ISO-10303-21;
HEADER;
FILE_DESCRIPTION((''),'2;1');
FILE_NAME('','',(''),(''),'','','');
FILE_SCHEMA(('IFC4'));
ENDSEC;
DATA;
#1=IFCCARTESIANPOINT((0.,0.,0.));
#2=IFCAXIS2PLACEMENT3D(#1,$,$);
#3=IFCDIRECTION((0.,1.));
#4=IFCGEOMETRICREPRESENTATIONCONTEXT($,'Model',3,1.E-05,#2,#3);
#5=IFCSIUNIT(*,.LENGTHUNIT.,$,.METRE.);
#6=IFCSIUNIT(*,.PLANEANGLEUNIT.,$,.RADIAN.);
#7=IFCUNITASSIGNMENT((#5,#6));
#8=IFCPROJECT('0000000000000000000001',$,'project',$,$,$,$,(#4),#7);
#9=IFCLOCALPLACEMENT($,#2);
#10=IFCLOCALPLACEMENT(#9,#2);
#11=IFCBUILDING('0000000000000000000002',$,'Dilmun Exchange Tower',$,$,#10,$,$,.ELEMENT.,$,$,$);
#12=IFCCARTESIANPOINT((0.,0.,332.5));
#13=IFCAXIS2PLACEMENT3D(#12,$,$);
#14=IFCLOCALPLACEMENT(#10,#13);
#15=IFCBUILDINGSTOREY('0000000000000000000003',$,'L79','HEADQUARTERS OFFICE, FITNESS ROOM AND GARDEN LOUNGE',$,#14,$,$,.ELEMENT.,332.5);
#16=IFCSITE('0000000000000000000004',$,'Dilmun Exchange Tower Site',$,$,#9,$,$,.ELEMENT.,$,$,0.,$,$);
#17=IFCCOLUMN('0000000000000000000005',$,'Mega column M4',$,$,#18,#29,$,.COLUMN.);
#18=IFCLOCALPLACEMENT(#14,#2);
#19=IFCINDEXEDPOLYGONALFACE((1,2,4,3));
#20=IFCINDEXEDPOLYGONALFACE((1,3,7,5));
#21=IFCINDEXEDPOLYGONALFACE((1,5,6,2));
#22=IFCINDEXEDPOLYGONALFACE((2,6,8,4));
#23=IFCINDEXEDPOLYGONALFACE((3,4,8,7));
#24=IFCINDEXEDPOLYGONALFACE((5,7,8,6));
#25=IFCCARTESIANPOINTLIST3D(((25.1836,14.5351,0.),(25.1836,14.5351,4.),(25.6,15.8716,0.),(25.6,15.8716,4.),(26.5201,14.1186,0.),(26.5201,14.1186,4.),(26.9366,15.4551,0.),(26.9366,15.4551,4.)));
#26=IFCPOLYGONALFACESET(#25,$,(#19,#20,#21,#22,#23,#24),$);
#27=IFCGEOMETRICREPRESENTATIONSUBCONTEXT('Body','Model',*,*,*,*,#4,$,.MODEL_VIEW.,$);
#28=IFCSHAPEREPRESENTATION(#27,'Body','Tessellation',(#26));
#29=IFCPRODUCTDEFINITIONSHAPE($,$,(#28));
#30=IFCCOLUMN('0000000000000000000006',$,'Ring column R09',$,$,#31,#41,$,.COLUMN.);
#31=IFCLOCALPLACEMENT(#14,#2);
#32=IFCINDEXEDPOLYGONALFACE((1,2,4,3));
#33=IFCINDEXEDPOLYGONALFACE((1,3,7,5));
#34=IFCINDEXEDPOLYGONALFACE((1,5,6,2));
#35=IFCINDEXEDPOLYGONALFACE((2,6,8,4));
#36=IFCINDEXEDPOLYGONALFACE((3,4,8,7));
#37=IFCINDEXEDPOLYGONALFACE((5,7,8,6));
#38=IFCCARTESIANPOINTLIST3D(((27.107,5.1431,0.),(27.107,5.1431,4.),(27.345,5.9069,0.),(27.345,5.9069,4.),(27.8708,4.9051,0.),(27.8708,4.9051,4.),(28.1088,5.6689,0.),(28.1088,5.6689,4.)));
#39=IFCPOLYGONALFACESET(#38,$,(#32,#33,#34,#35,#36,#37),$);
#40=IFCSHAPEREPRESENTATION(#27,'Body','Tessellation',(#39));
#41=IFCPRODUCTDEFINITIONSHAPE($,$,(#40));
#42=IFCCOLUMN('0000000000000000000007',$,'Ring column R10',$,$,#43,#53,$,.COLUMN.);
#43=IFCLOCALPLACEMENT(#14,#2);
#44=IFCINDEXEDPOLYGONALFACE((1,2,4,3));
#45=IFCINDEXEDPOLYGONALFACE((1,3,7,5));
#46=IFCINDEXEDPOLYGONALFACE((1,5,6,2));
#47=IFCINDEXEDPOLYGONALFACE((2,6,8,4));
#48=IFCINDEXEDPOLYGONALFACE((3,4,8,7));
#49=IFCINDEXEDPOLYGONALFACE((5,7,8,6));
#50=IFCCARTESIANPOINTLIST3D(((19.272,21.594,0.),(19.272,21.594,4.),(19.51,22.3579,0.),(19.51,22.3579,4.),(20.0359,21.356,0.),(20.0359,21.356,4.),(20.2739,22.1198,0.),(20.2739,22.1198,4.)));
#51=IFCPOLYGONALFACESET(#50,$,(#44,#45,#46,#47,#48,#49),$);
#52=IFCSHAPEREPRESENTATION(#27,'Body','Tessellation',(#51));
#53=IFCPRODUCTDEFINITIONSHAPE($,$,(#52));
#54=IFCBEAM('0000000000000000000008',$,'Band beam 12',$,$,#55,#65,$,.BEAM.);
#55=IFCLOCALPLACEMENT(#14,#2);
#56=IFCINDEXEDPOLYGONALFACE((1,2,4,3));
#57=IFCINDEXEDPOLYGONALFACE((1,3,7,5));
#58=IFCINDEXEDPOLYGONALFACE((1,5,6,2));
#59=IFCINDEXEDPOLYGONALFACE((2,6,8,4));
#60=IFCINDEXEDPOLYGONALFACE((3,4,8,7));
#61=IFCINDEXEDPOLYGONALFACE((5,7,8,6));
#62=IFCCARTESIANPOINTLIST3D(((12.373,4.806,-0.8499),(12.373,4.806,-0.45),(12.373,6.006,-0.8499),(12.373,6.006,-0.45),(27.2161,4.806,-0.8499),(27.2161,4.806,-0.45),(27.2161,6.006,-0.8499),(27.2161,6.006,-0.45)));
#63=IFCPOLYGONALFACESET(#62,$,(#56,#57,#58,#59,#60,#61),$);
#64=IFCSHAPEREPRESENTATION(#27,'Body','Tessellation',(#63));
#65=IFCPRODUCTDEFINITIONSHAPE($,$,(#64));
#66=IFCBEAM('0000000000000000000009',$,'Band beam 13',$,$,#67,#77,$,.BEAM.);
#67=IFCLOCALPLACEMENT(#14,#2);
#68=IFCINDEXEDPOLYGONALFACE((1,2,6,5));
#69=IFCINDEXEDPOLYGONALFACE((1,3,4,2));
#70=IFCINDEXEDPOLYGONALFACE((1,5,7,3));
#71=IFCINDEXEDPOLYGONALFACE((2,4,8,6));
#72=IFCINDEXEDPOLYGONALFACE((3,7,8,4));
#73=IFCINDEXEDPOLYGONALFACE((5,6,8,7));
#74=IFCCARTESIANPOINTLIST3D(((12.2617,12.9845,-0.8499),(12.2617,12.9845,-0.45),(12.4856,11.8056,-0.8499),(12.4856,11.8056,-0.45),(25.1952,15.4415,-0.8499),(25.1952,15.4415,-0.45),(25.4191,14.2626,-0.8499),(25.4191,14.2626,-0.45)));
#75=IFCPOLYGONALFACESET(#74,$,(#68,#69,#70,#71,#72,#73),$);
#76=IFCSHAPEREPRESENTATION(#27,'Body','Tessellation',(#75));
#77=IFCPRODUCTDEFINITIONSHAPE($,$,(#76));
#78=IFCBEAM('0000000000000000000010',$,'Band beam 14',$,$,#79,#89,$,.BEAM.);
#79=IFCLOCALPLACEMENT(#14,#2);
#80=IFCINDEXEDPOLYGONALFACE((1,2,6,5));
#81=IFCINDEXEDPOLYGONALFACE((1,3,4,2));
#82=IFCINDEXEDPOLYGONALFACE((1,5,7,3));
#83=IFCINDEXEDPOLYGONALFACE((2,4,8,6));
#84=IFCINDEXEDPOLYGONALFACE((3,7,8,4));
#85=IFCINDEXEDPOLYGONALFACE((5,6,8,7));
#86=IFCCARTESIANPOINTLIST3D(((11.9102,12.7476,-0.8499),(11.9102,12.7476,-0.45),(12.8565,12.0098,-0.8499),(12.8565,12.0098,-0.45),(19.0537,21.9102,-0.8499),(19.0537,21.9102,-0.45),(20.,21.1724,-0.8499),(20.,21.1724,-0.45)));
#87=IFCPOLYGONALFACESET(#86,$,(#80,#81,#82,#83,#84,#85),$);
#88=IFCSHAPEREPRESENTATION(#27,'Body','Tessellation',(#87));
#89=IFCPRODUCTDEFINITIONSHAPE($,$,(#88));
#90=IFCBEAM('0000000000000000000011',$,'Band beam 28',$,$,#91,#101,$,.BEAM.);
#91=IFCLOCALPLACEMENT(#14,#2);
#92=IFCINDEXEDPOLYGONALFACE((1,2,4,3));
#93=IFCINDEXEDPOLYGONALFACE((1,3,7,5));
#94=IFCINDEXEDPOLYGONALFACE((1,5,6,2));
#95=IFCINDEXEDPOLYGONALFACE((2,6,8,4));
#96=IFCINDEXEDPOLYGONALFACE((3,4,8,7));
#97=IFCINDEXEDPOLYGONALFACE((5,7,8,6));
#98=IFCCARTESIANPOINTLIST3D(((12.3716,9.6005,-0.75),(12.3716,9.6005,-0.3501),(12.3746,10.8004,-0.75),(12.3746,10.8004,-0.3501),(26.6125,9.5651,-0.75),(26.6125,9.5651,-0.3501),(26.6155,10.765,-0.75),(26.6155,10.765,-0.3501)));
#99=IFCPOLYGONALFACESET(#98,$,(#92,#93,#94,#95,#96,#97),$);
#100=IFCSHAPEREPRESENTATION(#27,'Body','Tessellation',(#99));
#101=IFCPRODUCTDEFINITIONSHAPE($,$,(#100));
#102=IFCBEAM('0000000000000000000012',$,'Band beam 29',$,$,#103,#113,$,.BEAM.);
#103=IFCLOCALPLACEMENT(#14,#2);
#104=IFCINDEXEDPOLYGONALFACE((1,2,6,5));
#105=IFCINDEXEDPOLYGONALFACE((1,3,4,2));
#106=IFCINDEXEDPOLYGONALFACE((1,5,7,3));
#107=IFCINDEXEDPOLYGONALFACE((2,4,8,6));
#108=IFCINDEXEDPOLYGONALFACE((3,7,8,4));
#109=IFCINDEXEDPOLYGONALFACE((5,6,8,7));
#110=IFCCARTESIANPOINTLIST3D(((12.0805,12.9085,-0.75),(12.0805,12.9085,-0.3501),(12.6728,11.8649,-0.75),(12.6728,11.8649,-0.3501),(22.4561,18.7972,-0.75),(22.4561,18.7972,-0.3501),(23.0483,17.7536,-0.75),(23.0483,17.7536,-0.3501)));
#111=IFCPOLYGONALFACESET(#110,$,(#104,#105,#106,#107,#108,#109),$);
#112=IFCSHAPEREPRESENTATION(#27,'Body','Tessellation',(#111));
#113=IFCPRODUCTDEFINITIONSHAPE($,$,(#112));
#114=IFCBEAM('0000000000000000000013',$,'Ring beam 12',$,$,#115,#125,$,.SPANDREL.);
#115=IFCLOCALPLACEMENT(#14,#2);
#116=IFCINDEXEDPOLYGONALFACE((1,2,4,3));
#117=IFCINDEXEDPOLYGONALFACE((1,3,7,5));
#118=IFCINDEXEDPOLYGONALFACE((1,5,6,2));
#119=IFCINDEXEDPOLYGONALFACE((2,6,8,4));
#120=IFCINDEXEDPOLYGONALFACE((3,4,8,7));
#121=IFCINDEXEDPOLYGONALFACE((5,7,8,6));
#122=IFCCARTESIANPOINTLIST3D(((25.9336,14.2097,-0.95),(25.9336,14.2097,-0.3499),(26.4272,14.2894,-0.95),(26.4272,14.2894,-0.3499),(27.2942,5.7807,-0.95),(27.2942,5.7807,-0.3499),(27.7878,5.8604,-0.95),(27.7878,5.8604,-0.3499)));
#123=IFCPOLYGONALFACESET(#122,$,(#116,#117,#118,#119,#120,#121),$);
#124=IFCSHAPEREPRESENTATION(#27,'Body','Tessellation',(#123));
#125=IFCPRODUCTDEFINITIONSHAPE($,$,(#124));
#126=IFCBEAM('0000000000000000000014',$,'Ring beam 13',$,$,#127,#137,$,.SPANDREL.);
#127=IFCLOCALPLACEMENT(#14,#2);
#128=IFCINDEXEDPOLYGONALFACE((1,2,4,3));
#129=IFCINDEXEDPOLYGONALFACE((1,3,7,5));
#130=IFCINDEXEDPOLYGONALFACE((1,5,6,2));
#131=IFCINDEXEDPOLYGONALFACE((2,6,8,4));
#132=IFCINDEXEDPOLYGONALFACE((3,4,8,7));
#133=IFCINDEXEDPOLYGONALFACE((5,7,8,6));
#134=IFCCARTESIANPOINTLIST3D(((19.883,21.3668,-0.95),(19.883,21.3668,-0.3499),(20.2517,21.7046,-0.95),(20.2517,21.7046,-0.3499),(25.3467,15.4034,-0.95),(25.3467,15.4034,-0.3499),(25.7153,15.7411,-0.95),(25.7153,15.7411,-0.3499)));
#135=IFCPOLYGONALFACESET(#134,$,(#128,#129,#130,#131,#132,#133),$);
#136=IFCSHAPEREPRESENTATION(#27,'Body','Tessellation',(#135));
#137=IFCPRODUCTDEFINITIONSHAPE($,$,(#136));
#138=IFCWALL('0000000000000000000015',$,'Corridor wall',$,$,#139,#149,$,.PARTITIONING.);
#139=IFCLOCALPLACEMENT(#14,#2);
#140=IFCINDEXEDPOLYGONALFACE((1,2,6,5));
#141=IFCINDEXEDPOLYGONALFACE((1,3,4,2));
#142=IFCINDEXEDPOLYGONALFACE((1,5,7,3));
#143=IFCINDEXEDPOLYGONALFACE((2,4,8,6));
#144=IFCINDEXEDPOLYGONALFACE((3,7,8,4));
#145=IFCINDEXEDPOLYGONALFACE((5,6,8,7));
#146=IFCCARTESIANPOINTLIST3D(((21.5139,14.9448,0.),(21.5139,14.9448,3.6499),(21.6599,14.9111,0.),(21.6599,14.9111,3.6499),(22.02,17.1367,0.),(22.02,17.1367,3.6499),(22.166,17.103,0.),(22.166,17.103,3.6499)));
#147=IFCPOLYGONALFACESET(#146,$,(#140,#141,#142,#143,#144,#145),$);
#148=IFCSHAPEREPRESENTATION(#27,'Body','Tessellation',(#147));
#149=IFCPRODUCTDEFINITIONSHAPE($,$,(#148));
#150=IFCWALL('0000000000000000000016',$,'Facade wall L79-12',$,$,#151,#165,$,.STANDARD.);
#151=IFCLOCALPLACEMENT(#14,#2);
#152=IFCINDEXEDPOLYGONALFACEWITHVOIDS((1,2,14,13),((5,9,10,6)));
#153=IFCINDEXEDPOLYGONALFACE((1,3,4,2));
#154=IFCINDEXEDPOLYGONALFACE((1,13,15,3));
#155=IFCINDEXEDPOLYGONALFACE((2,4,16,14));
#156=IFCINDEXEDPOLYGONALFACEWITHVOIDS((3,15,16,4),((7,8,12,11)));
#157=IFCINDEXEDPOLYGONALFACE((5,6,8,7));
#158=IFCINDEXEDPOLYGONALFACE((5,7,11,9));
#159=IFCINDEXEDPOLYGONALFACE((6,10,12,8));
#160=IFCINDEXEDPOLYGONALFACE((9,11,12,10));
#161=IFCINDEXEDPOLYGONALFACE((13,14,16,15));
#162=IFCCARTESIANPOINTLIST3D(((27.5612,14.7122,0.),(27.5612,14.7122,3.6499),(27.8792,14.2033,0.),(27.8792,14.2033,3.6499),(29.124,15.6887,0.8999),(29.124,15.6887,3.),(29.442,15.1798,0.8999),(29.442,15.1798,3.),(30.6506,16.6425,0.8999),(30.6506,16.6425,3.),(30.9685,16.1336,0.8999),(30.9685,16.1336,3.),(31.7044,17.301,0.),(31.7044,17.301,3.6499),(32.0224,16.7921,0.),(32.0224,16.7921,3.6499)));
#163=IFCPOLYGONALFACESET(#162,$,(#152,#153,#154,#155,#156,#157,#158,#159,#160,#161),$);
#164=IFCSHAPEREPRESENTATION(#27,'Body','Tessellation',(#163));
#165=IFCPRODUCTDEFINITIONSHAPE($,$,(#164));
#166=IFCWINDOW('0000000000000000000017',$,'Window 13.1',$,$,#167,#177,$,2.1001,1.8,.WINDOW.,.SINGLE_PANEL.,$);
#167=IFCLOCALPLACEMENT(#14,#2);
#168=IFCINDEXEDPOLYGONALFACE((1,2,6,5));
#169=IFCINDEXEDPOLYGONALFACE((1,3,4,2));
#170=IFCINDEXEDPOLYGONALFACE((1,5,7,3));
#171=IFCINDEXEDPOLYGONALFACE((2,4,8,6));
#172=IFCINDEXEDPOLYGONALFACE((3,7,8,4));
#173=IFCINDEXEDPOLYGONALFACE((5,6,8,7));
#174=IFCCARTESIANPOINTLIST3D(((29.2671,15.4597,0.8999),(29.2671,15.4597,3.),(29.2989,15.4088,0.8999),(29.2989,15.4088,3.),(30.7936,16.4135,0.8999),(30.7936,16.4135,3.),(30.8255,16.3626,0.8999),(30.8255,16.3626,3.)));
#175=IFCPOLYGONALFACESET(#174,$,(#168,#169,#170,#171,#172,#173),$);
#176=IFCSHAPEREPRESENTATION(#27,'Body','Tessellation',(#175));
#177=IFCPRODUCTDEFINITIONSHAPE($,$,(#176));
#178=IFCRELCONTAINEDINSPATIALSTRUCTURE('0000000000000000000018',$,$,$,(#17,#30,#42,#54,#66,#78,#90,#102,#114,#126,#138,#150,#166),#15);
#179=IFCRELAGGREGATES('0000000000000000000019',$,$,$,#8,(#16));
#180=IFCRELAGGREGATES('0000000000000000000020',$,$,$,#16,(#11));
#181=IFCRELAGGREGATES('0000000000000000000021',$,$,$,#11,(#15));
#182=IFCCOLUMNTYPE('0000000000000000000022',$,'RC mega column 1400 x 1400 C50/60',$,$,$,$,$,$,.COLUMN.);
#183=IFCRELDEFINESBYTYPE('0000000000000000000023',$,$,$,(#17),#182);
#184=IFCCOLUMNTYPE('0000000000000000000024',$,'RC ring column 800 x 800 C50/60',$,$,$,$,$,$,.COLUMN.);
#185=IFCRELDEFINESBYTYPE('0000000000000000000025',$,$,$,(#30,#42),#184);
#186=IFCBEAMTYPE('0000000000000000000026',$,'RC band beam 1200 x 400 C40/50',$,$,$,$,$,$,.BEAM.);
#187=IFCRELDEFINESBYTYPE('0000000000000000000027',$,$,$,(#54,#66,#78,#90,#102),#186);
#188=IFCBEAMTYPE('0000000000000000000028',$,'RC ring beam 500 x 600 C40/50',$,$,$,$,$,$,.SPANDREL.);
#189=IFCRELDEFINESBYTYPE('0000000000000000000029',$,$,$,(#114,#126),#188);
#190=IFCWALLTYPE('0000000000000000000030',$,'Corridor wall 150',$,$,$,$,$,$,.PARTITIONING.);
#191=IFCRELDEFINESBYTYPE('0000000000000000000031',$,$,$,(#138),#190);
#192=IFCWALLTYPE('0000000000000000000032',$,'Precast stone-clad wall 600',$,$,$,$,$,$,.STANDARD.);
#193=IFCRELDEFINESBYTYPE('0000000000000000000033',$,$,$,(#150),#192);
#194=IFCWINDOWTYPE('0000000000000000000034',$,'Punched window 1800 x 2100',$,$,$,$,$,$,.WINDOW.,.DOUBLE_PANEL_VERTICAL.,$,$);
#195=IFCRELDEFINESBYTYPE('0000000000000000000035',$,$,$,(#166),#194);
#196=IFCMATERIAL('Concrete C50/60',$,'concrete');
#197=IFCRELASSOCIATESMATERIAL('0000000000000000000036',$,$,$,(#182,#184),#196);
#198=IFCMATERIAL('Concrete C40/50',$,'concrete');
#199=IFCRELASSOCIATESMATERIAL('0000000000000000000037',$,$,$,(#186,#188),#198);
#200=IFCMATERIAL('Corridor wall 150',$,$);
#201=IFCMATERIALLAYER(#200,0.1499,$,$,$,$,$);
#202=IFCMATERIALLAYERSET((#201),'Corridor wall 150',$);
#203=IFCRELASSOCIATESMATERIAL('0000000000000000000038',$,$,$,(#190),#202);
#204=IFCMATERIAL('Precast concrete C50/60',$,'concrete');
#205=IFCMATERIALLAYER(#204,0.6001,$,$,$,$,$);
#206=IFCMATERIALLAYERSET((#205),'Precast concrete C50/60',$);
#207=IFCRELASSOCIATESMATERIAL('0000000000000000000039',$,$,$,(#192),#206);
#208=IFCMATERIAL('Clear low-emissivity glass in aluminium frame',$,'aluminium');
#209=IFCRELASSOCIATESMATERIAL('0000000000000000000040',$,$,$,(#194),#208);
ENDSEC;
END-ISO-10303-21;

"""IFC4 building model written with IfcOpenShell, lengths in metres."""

from ifc_helpers import new_model, si_unit, direction, frame, frame_2d, origin, origin_2d, place, context, subcontext, project, spatial, rectangle, extrude, material, layer, layer_set, material_profile, profile_set, type_object, element, fill, save


model = new_model("IFC4")

# Units and contexts
model_context = context("Model", 3, precision=1e-05, world=origin(), true_north=direction((0.0, 1.0)))
body_context = subcontext(model_context, "Body", "Model", "MODEL_VIEW")
ifc_project = project(units=[si_unit("LENGTHUNIT", "METRE"), si_unit("PLANEANGLEUNIT", "RADIAN")], contexts=[model_context])

# Site, building, storey
site_placement = place(None, origin())
site = spatial("IfcSite", under=ifc_project, at=site_placement, Name="Dilmun Exchange Tower Site", CompositionType="ELEMENT", RefElevation=0.0)
building_placement = place(site_placement, origin())
building = spatial("IfcBuilding", under=site, at=building_placement, Name="Dilmun Exchange Tower", CompositionType="ELEMENT")
storey_placement = place(building_placement, frame((0.0, 0.0, 332.5)))
storey = spatial("IfcBuildingStorey", under=building, at=storey_placement, Name="L79", Description="HEADQUARTERS OFFICE, FITNESS ROOM AND GARDEN LOUNGE", CompositionType="ELEMENT", Elevation=332.5)

# Columns
ifc_material_1 = material(Name="Concrete C50/60", Category="concrete")
ifc_material_profile_1 = material_profile(ifc_material_1, rectangle(XDim=1.3999, YDim=1.3999, at=origin_2d()), Name="1400 x 1400")
ifc_profile_set_1 = profile_set([ifc_material_profile_1], Name="Concrete C50/60")
column_type_1 = type_object("IfcColumnType", Name="RC mega column 1400 x 1400 C50/60", PredefinedType="COLUMN", material=ifc_profile_set_1)
column_placement = place(storey_placement, frame((26.0601, 14.9951, 0.0), z_axis=(0.0, 0.0, 1.0), x_axis=(0.297503, 0.954721, 0.0)))
element("IfcColumn", 1, at=column_placement, inside=storey, type_object=column_type_1, Name="Mega column M4", PredefinedType="COLUMN", context=body_context, shape_type="SweptSolid", body=[
    extrude(rectangle(XDim=1.3999, YDim=1.3999, at=origin_2d()), origin(), (0.0, 0.0, 1.0), 4.0),
])
ifc_material_profile_2 = material_profile(ifc_material_1, rectangle(XDim=0.8, YDim=0.8, at=origin_2d()), Name="800 x 800")
ifc_profile_set_2 = profile_set([ifc_material_profile_2], Name="Concrete C50/60")
column_type_2 = type_object("IfcColumnType", Name="RC ring column 800 x 800 C50/60", PredefinedType="COLUMN", material=ifc_profile_set_2)
for number, where, z_axis, x_axis, name in (
    (2, (27.6079, 5.406, 0.0), (0.0, 0.0, 1.0), (0.297503, 0.954721, 0.0), "Ring column R09"),
    (3, (19.7729, 21.8569, 0.0), (0.0, 0.0, 1.0), (0.297503, 0.954721, 0.0), "Ring column R10"),
):
    element("IfcColumn", number, at=place(storey_placement, frame(where, z_axis=z_axis, x_axis=x_axis)), inside=storey, type_object=column_type_2, Name=name, PredefinedType="COLUMN", context=body_context, shape_type="SweptSolid", body=[
        extrude(rectangle(XDim=0.8, YDim=0.8, at=origin_2d()), origin(), (0.0, 0.0, 1.0), 4.0),
    ])

# Beams
ifc_material_2 = material(Name="Concrete C40/50", Category="concrete")
ifc_material_profile_3 = material_profile(ifc_material_2, rectangle(XDim=1.2, YDim=0.3999, at=origin_2d()), Name="1200 x 400")
ifc_profile_set_3 = profile_set([ifc_material_profile_3], Name="Concrete C40/50")
beam_type_1 = type_object("IfcBeamType", Name="RC band beam 1200 x 400 C40/50", PredefinedType="BEAM", material=ifc_profile_set_3)
beam_1_placement = place(storey_placement, frame((27.2161, 5.406, -0.6499), z_axis=(-1.0, 0.0, 0.0), x_axis=(0.0, -1.0, 0.0)))
element("IfcBeam", 4, at=beam_1_placement, inside=storey, type_object=beam_type_1, Name="Band beam 12", PredefinedType="BEAM", context=body_context, shape_type="SweptSolid", body=[
    extrude(rectangle(XDim=1.2, YDim=0.3999, at=origin_2d()), origin(), (0.0, 0.0, 1.0), 14.843),
])
beam_2_placement = place(storey_placement, frame((25.3071, 14.8521, -0.6499), z_axis=(-0.982429, -0.186635, 0.0), x_axis=(0.186635, -0.982429, 0.0)))
element("IfcBeam", 5, at=beam_2_placement, inside=storey, type_object=beam_type_1, Name="Band beam 13", PredefinedType="BEAM", context=body_context, shape_type="SweptSolid", body=[
    extrude(rectangle(XDim=1.2, YDim=0.3999, at=origin_2d()), origin(), (0.0, 0.0, 1.0), 13.1648),
])
beam_3_placement = place(storey_placement, frame((19.5269, 21.5413, -0.6499), z_axis=(-0.614857, -0.788639, 0.0), x_axis=(0.788639, -0.614857, 0.0)))
element("IfcBeam", 6, at=beam_3_placement, inside=storey, type_object=beam_type_1, Name="Band beam 14", PredefinedType="BEAM", context=body_context, shape_type="SweptSolid", body=[
    extrude(rectangle(XDim=1.2, YDim=0.3999, at=origin_2d()), origin(), (0.0, 0.0, 1.0), 11.6182),
])
beam_4_placement = place(storey_placement, frame((26.614, 10.165, -0.55), z_axis=(-0.999997, 0.002486, 0.0), x_axis=(-0.002486, -0.999997, 0.0)))
element("IfcBeam", 7, at=beam_4_placement, inside=storey, type_object=beam_type_1, Name="Band beam 28", PredefinedType="BEAM", context=body_context, shape_type="SweptSolid", body=[
    extrude(rectangle(XDim=1.2, YDim=0.3999, at=origin_2d()), origin(), (0.0, 0.0, 1.0), 14.241),
])
beam_5_placement = place(storey_placement, frame((22.7522, 18.2754, -0.55), z_axis=(-0.86969, -0.493598, 0.0), x_axis=(0.493598, -0.86969, 0.0)))
element("IfcBeam", 8, at=beam_5_placement, inside=storey, type_object=beam_type_1, Name="Band beam 29", PredefinedType="BEAM", context=body_context, shape_type="SweptSolid", body=[
    extrude(rectangle(XDim=1.2, YDim=0.3999, at=origin_2d()), origin(), (0.0, 0.0, 1.0), 11.9302),
])
ifc_material_profile_4 = material_profile(ifc_material_2, rectangle(XDim=0.5, YDim=0.6001, at=origin_2d()), Name="500 x 600")
ifc_profile_set_4 = profile_set([ifc_material_profile_4], Name="Concrete C40/50")
beam_type_2 = type_object("IfcBeamType", Name="RC ring beam 500 x 600 C40/50", PredefinedType="SPANDREL", material=ifc_profile_set_4)
beam_6_placement = place(storey_placement, frame((27.541, 5.8206, -0.6499), z_axis=(-0.159357, 0.987221, 0.0), x_axis=(-0.987221, -0.159357, 0.0)))
element("IfcBeam", 9, at=beam_6_placement, inside=storey, type_object=beam_type_2, Name="Ring beam 12", PredefinedType="SPANDREL", context=body_context, shape_type="SweptSolid", body=[
    extrude(rectangle(XDim=0.5, YDim=0.6001, at=origin_2d()), origin(), (0.0, 0.0, 1.0), 8.5381),
])
beam_7_placement = place(storey_placement, frame((25.531, 15.5723, -0.6499), z_axis=(-0.675536, 0.737327, 0.0), x_axis=(-0.737327, -0.675536, 0.0)))
element("IfcBeam", 10, at=beam_7_placement, inside=storey, type_object=beam_type_2, Name="Ring beam 13", PredefinedType="SPANDREL", context=body_context, shape_type="SweptSolid", body=[
    extrude(rectangle(XDim=0.5, YDim=0.6001, at=origin_2d()), origin(), (0.0, 0.0, 1.0), 8.0879),
])

# Wall
ifc_material_3 = material(Name="Corridor wall 150")
ifc_layer_1 = layer(ifc_material_3, 0.1499)
ifc_layer_set_1 = layer_set([ifc_layer_1], Name="Corridor wall 150")
wall_type_1 = type_object("IfcWallType", Name="Corridor wall 150", PredefinedType="PARTITIONING", material=ifc_layer_set_1)
wall_1_placement = place(storey_placement, frame((21.5869, 14.928, 0.0), z_axis=(0.0, 0.0, 1.0), x_axis=(0.224978, 0.974364, 0.0)))
element("IfcWall", 11, at=wall_1_placement, inside=storey, type_object=wall_type_1, Name="Corridor wall", PredefinedType="PARTITIONING", context=body_context, shape_type="SweptSolid", body=[
    extrude(rectangle(XDim=2.2495, YDim=0.1499, at=frame_2d((1.1248, 0.0))), origin(), (0.0, 0.0, 1.0), 3.6499),
])

# Wall, opening, window
ifc_material_4 = material(Name="Precast concrete C50/60", Category="concrete")
ifc_layer_2 = layer(ifc_material_4, 0.6001)
ifc_layer_set_2 = layer_set([ifc_layer_2], Name="Precast concrete C50/60")
wall_type_2 = type_object("IfcWallType", Name="Precast stone-clad wall 600", PredefinedType="STANDARD", material=ifc_layer_set_2)
wall_2_placement = place(storey_placement, frame((31.8635, 17.0466, 0.0), z_axis=(0.0, 0.0, 1.0), x_axis=(-0.848063, -0.529896, 0.0)))
wall_2 = element("IfcWall", 12, at=wall_2_placement, inside=storey, type_object=wall_type_2, Name="Facade wall L79-12", PredefinedType="STANDARD", context=body_context, shape_type="SweptSolid", body=[
    extrude(rectangle(XDim=4.8855, YDim=0.6001, at=frame_2d((2.4429, 0.0))), origin(), (0.0, 0.0, 1.0), 3.6499),
])
opening_1_placement = place(wall_2_placement, frame((1.2429, 0.0, 0.8999)))
opening_1 = element("IfcOpeningElement", 13, at=opening_1_placement, cuts=wall_2, PredefinedType="OPENING", context=body_context, shape_type="SweptSolid", body=[
    extrude(rectangle(XDim=1.8, YDim=2.1001, at=frame_2d((0.8999, 1.05))), frame((0.0, 0.3101, 0.0), z_axis=(0.0, -1.0, 0.0), x_axis=(1.0, 0.0, 0.0)), (0.0, 0.0, 1.0), 0.6201),
])
ifc_material_5 = material(Name="Clear low-emissivity glass in aluminium frame", Category="aluminium")
window_type_1 = type_object("IfcWindowType", Name="Punched window 1800 x 2100", PartitioningType="DOUBLE_PANEL_VERTICAL", PredefinedType="WINDOW", material=ifc_material_5)
window_1_placement = place(opening_1_placement, origin())
window_1 = element("IfcWindow", 14, at=window_1_placement, inside=storey, type_object=window_type_1, Name="Window 13.1", OverallHeight=2.1001, OverallWidth=1.8, PartitioningType="SINGLE_PANEL", PredefinedType="WINDOW", context=body_context, shape_type="SweptSolid", body=[
    extrude(rectangle(XDim=1.8, YDim=2.1001, at=frame_2d((0.8999, 1.05))), frame((0.0, 0.03, 0.0), z_axis=(0.0, -1.0, 0.0), x_axis=(1.0, 0.0, 0.0)), (0.0, 0.0, 1.0), 0.0601),
])
fill(opening_1, window_1)

save(model, "model.ifc")
